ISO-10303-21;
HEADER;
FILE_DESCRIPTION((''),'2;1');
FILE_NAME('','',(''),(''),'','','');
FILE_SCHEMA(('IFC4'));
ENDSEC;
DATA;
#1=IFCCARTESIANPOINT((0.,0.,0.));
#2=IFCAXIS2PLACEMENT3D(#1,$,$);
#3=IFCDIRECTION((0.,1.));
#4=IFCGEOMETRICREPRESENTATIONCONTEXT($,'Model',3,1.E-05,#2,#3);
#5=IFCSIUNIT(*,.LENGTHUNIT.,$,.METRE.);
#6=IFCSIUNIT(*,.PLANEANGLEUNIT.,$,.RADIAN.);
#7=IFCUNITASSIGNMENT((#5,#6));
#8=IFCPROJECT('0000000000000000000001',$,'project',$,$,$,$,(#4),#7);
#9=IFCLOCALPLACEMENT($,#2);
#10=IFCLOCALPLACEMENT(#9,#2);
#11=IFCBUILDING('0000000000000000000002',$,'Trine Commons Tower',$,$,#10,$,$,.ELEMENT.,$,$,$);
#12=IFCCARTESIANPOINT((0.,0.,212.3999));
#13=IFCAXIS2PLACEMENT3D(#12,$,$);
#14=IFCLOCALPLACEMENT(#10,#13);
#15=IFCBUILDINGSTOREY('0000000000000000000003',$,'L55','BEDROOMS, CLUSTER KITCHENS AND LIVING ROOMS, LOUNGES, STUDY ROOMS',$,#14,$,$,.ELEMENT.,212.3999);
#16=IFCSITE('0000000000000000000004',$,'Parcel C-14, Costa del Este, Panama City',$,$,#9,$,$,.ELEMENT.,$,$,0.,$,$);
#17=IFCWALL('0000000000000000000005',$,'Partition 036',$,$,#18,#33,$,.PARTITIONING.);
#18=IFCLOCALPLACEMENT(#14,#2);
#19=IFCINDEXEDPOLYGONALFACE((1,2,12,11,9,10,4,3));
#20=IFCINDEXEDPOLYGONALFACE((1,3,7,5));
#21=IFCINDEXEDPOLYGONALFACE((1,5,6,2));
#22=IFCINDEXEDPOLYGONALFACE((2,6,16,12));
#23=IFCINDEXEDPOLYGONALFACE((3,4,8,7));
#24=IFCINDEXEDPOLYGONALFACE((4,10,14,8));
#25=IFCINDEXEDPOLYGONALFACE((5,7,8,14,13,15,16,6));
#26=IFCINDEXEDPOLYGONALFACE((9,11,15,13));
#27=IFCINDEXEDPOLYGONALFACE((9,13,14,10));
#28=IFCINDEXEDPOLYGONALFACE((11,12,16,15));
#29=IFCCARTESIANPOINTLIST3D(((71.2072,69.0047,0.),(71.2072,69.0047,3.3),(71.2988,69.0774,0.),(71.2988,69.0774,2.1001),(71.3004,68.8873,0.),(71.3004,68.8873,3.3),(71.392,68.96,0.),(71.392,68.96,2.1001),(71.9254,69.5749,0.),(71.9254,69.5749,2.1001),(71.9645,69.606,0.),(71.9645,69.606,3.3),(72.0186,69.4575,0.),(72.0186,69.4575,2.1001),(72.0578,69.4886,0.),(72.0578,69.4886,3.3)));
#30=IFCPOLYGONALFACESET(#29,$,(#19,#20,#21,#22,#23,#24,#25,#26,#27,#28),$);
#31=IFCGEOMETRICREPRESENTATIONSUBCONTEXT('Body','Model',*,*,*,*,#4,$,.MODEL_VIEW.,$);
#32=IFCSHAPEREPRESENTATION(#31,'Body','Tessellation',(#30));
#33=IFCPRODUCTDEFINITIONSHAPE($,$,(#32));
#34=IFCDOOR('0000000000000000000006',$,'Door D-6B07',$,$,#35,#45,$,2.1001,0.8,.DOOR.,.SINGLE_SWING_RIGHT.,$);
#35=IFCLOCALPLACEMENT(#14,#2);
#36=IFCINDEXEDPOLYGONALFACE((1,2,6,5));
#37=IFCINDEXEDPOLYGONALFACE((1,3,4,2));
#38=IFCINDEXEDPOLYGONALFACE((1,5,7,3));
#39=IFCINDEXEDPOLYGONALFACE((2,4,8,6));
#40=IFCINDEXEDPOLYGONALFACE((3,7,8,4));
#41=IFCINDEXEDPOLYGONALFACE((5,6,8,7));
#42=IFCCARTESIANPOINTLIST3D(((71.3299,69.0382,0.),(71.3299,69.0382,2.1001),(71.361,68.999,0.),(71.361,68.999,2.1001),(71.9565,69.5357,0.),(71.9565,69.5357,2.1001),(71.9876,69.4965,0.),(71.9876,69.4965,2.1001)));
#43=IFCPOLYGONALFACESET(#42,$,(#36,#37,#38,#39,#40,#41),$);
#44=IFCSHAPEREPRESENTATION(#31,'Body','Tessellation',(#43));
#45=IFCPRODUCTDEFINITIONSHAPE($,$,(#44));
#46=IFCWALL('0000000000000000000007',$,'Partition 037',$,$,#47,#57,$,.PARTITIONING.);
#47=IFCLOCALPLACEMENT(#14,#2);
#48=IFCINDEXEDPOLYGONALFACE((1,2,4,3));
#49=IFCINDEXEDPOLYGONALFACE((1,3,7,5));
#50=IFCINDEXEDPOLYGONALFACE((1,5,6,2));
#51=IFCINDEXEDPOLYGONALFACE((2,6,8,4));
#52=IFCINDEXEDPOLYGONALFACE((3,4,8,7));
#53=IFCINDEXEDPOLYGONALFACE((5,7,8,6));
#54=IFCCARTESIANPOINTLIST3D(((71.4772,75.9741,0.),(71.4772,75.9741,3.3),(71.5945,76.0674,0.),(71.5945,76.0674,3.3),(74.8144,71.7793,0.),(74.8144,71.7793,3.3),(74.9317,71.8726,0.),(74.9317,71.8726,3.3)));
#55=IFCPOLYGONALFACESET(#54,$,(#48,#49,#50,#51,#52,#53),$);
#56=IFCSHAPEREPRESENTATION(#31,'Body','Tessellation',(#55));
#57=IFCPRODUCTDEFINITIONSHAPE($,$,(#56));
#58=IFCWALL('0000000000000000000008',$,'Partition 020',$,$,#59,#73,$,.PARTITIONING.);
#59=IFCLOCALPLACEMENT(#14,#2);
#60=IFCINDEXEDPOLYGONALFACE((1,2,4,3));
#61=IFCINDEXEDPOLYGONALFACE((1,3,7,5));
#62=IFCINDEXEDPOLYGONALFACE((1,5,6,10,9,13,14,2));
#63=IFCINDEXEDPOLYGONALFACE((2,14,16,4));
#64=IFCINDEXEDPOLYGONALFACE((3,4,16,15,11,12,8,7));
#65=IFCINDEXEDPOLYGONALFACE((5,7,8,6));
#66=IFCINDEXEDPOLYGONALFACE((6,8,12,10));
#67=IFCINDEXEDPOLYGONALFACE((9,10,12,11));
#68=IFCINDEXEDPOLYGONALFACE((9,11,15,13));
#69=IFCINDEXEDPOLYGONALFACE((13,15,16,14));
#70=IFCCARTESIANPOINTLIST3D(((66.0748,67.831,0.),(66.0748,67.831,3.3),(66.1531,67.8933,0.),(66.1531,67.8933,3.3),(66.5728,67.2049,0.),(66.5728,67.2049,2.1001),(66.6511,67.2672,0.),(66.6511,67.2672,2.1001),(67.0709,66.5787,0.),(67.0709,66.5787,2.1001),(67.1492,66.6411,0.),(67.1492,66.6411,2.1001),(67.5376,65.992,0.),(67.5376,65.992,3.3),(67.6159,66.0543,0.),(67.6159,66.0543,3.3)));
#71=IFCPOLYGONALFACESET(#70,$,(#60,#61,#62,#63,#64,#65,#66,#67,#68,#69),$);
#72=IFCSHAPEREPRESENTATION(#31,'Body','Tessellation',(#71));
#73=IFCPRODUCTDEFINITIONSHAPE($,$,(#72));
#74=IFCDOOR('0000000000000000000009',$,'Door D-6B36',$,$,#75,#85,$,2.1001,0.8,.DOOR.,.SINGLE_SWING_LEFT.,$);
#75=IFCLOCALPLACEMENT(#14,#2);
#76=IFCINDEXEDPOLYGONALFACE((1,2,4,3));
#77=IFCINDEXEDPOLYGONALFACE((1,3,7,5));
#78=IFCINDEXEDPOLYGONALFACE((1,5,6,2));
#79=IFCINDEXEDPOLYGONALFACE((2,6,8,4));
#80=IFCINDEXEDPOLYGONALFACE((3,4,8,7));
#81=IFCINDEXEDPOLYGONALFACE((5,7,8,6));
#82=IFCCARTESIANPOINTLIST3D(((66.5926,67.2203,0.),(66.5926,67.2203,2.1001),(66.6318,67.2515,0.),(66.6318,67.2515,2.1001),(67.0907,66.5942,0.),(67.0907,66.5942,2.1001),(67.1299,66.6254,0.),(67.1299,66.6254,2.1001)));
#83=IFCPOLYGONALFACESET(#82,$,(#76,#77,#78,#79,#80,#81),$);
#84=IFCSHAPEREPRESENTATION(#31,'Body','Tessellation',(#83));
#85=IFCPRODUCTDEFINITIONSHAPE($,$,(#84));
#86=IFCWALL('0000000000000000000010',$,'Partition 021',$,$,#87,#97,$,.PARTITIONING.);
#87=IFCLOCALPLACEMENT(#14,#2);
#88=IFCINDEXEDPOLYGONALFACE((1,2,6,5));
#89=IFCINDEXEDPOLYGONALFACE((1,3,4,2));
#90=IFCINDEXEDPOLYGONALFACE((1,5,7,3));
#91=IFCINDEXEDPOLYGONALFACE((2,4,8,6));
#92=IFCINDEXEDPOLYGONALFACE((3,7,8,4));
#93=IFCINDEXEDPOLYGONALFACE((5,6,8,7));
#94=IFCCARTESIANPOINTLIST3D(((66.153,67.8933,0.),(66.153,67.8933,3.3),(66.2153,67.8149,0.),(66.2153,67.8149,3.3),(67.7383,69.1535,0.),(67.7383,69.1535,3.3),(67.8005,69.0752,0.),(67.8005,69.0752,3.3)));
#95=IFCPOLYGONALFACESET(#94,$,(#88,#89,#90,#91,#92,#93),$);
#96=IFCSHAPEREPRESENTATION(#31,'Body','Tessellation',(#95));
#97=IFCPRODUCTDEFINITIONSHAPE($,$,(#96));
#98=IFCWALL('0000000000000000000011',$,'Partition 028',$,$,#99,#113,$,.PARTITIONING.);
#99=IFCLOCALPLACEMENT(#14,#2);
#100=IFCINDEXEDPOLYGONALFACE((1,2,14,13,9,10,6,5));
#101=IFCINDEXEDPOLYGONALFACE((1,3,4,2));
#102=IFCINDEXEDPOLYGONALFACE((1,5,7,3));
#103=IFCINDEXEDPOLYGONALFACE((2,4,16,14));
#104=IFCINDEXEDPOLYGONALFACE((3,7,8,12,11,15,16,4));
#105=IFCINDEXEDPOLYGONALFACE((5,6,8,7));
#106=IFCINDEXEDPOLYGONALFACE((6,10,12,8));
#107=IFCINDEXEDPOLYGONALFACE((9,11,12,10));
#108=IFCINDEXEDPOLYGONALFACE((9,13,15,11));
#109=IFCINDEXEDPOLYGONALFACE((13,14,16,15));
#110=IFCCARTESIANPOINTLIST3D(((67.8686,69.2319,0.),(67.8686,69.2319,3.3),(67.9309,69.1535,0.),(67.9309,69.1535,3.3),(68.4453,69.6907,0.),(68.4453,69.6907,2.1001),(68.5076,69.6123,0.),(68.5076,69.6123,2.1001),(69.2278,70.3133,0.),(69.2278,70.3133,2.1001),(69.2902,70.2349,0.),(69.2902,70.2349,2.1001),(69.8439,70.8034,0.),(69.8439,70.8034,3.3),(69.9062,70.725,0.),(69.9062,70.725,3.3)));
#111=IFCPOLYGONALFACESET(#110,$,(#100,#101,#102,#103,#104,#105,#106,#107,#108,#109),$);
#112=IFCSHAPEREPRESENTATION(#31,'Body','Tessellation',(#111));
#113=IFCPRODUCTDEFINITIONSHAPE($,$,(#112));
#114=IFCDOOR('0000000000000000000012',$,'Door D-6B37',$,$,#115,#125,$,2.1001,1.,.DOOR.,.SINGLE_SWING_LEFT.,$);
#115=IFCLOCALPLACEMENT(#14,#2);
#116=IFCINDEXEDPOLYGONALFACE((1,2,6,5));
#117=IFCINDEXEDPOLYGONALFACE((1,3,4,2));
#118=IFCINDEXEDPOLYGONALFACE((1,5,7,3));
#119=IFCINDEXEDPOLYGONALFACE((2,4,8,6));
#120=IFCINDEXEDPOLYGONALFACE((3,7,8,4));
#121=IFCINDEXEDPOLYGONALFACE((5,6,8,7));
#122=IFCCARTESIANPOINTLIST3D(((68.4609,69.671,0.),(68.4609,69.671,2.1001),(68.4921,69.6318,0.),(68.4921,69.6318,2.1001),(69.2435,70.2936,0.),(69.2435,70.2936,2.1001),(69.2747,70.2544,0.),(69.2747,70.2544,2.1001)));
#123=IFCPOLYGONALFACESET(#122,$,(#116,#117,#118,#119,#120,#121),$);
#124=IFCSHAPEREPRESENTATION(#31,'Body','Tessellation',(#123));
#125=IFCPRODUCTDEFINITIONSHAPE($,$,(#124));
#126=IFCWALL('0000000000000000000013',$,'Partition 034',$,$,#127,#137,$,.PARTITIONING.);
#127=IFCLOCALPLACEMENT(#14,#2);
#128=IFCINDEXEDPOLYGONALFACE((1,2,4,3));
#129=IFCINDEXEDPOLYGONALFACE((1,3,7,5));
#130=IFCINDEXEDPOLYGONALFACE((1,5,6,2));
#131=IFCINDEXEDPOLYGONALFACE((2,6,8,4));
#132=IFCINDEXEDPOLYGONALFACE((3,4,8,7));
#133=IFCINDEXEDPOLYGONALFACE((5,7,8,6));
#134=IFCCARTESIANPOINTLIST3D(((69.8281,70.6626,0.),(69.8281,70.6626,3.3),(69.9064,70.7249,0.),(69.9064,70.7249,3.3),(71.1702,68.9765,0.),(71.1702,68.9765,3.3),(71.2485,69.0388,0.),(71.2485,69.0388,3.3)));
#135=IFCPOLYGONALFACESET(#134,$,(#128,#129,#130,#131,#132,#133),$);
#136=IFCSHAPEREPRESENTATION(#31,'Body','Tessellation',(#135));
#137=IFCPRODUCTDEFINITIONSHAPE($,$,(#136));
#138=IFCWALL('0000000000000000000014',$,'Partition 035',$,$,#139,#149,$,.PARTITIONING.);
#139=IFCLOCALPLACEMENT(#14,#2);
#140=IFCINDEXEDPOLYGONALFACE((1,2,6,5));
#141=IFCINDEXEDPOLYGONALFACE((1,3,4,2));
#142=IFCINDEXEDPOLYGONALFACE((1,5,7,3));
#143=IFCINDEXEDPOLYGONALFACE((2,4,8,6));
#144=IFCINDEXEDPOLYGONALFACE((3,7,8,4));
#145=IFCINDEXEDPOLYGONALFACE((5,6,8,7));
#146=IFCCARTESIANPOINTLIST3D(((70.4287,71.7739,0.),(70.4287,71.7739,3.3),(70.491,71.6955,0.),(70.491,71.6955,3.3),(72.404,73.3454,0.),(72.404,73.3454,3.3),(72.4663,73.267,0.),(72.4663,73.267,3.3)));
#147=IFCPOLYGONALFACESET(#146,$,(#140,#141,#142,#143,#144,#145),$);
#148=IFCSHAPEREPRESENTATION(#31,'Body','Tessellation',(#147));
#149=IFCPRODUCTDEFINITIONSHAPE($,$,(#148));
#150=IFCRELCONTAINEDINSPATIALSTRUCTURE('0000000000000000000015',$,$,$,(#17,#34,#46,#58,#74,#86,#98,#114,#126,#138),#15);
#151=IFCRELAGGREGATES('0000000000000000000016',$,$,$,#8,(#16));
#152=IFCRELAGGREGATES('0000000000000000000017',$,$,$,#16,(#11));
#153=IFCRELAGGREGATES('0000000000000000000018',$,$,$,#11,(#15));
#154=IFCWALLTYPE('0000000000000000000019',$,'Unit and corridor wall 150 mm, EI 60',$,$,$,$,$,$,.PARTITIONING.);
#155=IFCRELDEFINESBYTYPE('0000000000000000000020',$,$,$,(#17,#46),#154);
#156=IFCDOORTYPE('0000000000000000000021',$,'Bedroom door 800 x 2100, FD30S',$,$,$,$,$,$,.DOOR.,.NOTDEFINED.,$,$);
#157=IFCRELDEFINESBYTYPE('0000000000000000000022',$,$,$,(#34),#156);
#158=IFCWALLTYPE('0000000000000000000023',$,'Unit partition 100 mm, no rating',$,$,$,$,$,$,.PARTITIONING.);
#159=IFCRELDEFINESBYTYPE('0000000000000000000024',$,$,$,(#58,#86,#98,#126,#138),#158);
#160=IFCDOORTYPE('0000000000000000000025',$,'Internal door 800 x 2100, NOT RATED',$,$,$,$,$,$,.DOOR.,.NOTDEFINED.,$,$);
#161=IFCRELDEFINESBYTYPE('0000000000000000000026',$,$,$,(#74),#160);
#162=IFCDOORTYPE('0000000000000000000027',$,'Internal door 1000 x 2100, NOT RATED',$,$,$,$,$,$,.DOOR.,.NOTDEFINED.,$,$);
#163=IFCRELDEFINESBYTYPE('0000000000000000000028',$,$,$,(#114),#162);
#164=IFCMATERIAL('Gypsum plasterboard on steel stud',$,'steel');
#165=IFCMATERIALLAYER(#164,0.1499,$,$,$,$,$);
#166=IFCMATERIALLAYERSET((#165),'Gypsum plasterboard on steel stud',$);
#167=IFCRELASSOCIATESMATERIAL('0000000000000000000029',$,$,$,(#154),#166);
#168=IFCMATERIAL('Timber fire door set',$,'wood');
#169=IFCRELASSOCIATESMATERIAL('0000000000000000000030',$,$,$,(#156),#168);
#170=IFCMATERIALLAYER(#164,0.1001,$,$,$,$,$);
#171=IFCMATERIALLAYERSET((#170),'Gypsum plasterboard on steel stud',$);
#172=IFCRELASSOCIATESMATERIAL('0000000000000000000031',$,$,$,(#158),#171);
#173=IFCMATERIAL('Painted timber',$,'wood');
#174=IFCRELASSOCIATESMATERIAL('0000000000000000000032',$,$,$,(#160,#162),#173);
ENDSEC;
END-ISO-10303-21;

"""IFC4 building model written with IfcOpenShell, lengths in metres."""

from ifc_helpers import new_model, si_unit, direction, frame, frame_2d, origin, place, context, subcontext, project, spatial, rectangle, extrude, material, layer, layer_set, type_object, element, fill, save


model = new_model("IFC4")

# Units and contexts
model_context = context("Model", 3, precision=1e-05, world=origin(), true_north=direction((0.0, 1.0)))
body_context = subcontext(model_context, "Body", "Model", "MODEL_VIEW")
ifc_project = project(units=[si_unit("LENGTHUNIT", "METRE"), si_unit("PLANEANGLEUNIT", "RADIAN")], contexts=[model_context])

# Site, building, storey
site_placement = place(None, origin())
site = spatial("IfcSite", under=ifc_project, at=site_placement, Name="Parcel C-14, Costa del Este, Panama City", CompositionType="ELEMENT", RefElevation=0.0)
building_placement = place(site_placement, origin())
building = spatial("IfcBuilding", under=site, at=building_placement, Name="Trine Commons Tower", CompositionType="ELEMENT")
storey_placement = place(building_placement, frame((0.0, 0.0, 212.3999)))
storey = spatial("IfcBuildingStorey", under=building, at=storey_placement, Name="L55", Description="BEDROOMS, CLUSTER KITCHENS AND LIVING ROOMS, LOUNGES, STUDY ROOMS", CompositionType="ELEMENT", Elevation=212.3999)

# Shared definitions
ifc_material_1 = material(Name="Gypsum plasterboard on steel stud", Category="steel")
ifc_layer_1 = layer(ifc_material_1, 0.1499)
ifc_layer_set_1 = layer_set([ifc_layer_1], Name="Gypsum plasterboard on steel stud")
wall_type_1 = type_object("IfcWallType", Name="Unit and corridor wall 150 mm, EI 60", PredefinedType="PARTITIONING", material=ifc_layer_set_1)
ifc_material_2 = material(Name="Timber fire door set", Category="wood")

# Wall, opening, door
wall_1_placement = place(storey_placement, frame((71.2539, 68.946, 0.0), z_axis=(0.0, 0.0, 1.0), x_axis=(0.783154, 0.621827, 0.0)))
wall_1 = element("IfcWall", 1, at=wall_1_placement, inside=storey, type_object=wall_type_1, Name="Partition 036", PredefinedType="PARTITIONING", context=body_context, shape_type="SweptSolid", body=[
    extrude(rectangle(XDim=0.967, YDim=0.1499, at=frame_2d((0.4834, 0.0))), origin(), (0.0, 0.0, 1.0), 3.3),
])
opening_1_placement = place(wall_1_placement, frame((0.1169, 0.0, 0.0)))
opening_1 = element("IfcOpeningElement", 2, at=opening_1_placement, cuts=wall_1, PredefinedType="OPENING", context=body_context, shape_type="SweptSolid", body=[
    extrude(rectangle(XDim=0.8, YDim=2.1001, at=frame_2d((0.3999, 1.05))), frame((0.0, 0.085, 0.0), z_axis=(0.0, -1.0, 0.0), x_axis=(1.0, 0.0, 0.0)), (0.0, 0.0, 1.0), 0.1699),
])
door_type_1 = type_object("IfcDoorType", Name="Bedroom door 800 x 2100, FD30S", OperationType="NOTDEFINED", PredefinedType="DOOR", material=ifc_material_2)
door_1_placement = place(opening_1_placement, origin())
door_1 = element("IfcDoor", 3, at=door_1_placement, inside=storey, type_object=door_type_1, Name="Door D-6B07", OperationType="SINGLE_SWING_RIGHT", OverallHeight=2.1001, OverallWidth=0.8, PredefinedType="DOOR", context=body_context, shape_type="SweptSolid", body=[
    extrude(rectangle(XDim=0.8, YDim=2.1001, at=frame_2d((0.3999, 1.05))), frame((0.0, 0.0249, 0.0), z_axis=(0.0, -1.0, 0.0), x_axis=(1.0, 0.0, 0.0)), (0.0, 0.0, 1.0), 0.05),
])
fill(opening_1, door_1)

# Wall
wall_2_placement = place(storey_placement, frame((71.5359, 76.0208, 0.0), z_axis=(0.0, 0.0, 1.0), x_axis=(0.622565, -0.782568, 0.0)))
element("IfcWall", 4, at=wall_2_placement, inside=storey, type_object=wall_type_1, Name="Partition 037", PredefinedType="PARTITIONING", context=body_context, shape_type="SweptSolid", body=[
    extrude(rectangle(XDim=5.3604, YDim=0.1499, at=frame_2d((2.6802, 0.0))), origin(), (0.0, 0.0, 1.0), 3.3),
])

# Wall, opening, door
ifc_layer_2 = layer(ifc_material_1, 0.1001)
ifc_layer_set_2 = layer_set([ifc_layer_2], Name="Gypsum plasterboard on steel stud")
wall_type_2 = type_object("IfcWallType", Name="Unit partition 100 mm, no rating", PredefinedType="PARTITIONING", material=ifc_layer_set_2)
wall_3_placement = place(storey_placement, frame((66.114, 67.8621, 0.0), z_axis=(0.0, 0.0, 1.0), x_axis=(0.622513, -0.782609, 0.0)))
wall_3 = element("IfcWall", 5, at=wall_3_placement, inside=storey, type_object=wall_type_2, Name="Partition 020", PredefinedType="PARTITIONING", context=body_context, shape_type="SweptSolid", body=[
    extrude(rectangle(XDim=2.3499, YDim=0.1001, at=frame_2d((1.1748, 0.0))), origin(), (0.0, 0.0, 1.0), 3.3),
])
opening_2_placement = place(wall_3_placement, frame((0.8, 0.0, 0.0)))
opening_2 = element("IfcOpeningElement", 6, at=opening_2_placement, cuts=wall_3, PredefinedType="OPENING", context=body_context, shape_type="SweptSolid", body=[
    extrude(rectangle(XDim=0.8, YDim=2.1001, at=frame_2d((0.3999, 1.05))), frame((0.0, 0.0601, 0.0), z_axis=(0.0, -1.0, 0.0), x_axis=(1.0, 0.0, 0.0)), (0.0, 0.0, 1.0), 0.1201),
])
ifc_material_3 = material(Name="Painted timber", Category="wood")
door_type_2 = type_object("IfcDoorType", Name="Internal door 800 x 2100, NOT RATED", OperationType="NOTDEFINED", PredefinedType="DOOR", material=ifc_material_3)
door_2_placement = place(opening_2_placement, frame((0.8, 0.0, 0.0), z_axis=(0.0, 0.0, 1.0), x_axis=(-1.0, 0.0, 0.0)))
door_2 = element("IfcDoor", 7, at=door_2_placement, inside=storey, type_object=door_type_2, Name="Door D-6B36", OperationType="SINGLE_SWING_LEFT", OverallHeight=2.1001, OverallWidth=0.8, PredefinedType="DOOR", context=body_context, shape_type="SweptSolid", body=[
    extrude(rectangle(XDim=0.8, YDim=2.1001, at=frame_2d((0.3999, 1.05))), frame((0.0, 0.0249, 0.0), z_axis=(0.0, -1.0, 0.0), x_axis=(1.0, 0.0, 0.0)), (0.0, 0.0, 1.0), 0.05),
])
fill(opening_2, door_2)

# Wall
wall_4_placement = place(storey_placement, frame((66.1841, 67.854, 0.0), z_axis=(0.0, 0.0, 1.0), x_axis=(0.782771, 0.62231, 0.0)))
element("IfcWall", 8, at=wall_4_placement, inside=storey, type_object=wall_type_2, Name="Partition 021", PredefinedType="PARTITIONING", context=body_context, shape_type="SweptSolid", body=[
    extrude(rectangle(XDim=2.0251, YDim=0.1001, at=frame_2d((1.0127, 0.0))), origin(), (0.0, 0.0, 1.0), 3.3),
])

# Wall, opening, door
wall_5_placement = place(storey_placement, frame((67.8997, 69.1926, 0.0), z_axis=(0.0, 0.0, 1.0), x_axis=(0.782555, 0.622581, 0.0)))
wall_5 = element("IfcWall", 9, at=wall_5_placement, inside=storey, type_object=wall_type_2, Name="Partition 028", PredefinedType="PARTITIONING", context=body_context, shape_type="SweptSolid", body=[
    extrude(rectangle(XDim=2.5242, YDim=0.1001, at=frame_2d((1.2622, 0.0))), origin(), (0.0, 0.0, 1.0), 3.3),
])
opening_3_placement = place(wall_5_placement, frame((0.7371, 0.0, 0.0)))
opening_3 = element("IfcOpeningElement", 10, at=opening_3_placement, cuts=wall_5, PredefinedType="OPENING", context=body_context, shape_type="SweptSolid", body=[
    extrude(rectangle(XDim=1.0, YDim=2.1001, at=frame_2d((0.5, 1.05))), frame((0.0, 0.0601, 0.0), z_axis=(0.0, -1.0, 0.0), x_axis=(1.0, 0.0, 0.0)), (0.0, 0.0, 1.0), 0.1201),
])
door_type_3 = type_object("IfcDoorType", Name="Internal door 1000 x 2100, NOT RATED", OperationType="NOTDEFINED", PredefinedType="DOOR", material=ifc_material_3)
door_3_placement = place(opening_3_placement, origin())
door_3 = element("IfcDoor", 11, at=door_3_placement, inside=storey, type_object=door_type_3, Name="Door D-6B37", OperationType="SINGLE_SWING_LEFT", OverallHeight=2.1001, OverallWidth=1.0, PredefinedType="DOOR", context=body_context, shape_type="SweptSolid", body=[
    extrude(rectangle(XDim=1.0, YDim=2.1001, at=frame_2d((0.5, 1.05))), frame((0.0, 0.0249, 0.0), z_axis=(0.0, -1.0, 0.0), x_axis=(1.0, 0.0, 0.0)), (0.0, 0.0, 1.0), 0.05),
])
fill(opening_3, door_3)

# Walls
wall_6_placement = place(storey_placement, frame((69.8672, 70.6938, 0.0), z_axis=(0.0, 0.0, 1.0), x_axis=(0.622773, -0.782403, 0.0)))
element("IfcWall", 12, at=wall_6_placement, inside=storey, type_object=wall_type_2, Name="Partition 034", PredefinedType="PARTITIONING", context=body_context, shape_type="SweptSolid", body=[
    extrude(rectangle(XDim=2.155, YDim=0.1001, at=frame_2d((1.0776, 0.0))), origin(), (0.0, 0.0, 1.0), 3.3),
])
wall_7_placement = place(storey_placement, frame((70.4597, 71.7346, 0.0), z_axis=(0.0, 0.0, 1.0), x_axis=(0.782555, 0.622581, 0.0)))
element("IfcWall", 13, at=wall_7_placement, inside=storey, type_object=wall_type_2, Name="Partition 035", PredefinedType="PARTITIONING", context=body_context, shape_type="SweptSolid", body=[
    extrude(rectangle(XDim=2.5242, YDim=0.1001, at=frame_2d((1.2622, 0.0))), origin(), (0.0, 0.0, 1.0), 3.3),
])

save(model, "model.ifc")
